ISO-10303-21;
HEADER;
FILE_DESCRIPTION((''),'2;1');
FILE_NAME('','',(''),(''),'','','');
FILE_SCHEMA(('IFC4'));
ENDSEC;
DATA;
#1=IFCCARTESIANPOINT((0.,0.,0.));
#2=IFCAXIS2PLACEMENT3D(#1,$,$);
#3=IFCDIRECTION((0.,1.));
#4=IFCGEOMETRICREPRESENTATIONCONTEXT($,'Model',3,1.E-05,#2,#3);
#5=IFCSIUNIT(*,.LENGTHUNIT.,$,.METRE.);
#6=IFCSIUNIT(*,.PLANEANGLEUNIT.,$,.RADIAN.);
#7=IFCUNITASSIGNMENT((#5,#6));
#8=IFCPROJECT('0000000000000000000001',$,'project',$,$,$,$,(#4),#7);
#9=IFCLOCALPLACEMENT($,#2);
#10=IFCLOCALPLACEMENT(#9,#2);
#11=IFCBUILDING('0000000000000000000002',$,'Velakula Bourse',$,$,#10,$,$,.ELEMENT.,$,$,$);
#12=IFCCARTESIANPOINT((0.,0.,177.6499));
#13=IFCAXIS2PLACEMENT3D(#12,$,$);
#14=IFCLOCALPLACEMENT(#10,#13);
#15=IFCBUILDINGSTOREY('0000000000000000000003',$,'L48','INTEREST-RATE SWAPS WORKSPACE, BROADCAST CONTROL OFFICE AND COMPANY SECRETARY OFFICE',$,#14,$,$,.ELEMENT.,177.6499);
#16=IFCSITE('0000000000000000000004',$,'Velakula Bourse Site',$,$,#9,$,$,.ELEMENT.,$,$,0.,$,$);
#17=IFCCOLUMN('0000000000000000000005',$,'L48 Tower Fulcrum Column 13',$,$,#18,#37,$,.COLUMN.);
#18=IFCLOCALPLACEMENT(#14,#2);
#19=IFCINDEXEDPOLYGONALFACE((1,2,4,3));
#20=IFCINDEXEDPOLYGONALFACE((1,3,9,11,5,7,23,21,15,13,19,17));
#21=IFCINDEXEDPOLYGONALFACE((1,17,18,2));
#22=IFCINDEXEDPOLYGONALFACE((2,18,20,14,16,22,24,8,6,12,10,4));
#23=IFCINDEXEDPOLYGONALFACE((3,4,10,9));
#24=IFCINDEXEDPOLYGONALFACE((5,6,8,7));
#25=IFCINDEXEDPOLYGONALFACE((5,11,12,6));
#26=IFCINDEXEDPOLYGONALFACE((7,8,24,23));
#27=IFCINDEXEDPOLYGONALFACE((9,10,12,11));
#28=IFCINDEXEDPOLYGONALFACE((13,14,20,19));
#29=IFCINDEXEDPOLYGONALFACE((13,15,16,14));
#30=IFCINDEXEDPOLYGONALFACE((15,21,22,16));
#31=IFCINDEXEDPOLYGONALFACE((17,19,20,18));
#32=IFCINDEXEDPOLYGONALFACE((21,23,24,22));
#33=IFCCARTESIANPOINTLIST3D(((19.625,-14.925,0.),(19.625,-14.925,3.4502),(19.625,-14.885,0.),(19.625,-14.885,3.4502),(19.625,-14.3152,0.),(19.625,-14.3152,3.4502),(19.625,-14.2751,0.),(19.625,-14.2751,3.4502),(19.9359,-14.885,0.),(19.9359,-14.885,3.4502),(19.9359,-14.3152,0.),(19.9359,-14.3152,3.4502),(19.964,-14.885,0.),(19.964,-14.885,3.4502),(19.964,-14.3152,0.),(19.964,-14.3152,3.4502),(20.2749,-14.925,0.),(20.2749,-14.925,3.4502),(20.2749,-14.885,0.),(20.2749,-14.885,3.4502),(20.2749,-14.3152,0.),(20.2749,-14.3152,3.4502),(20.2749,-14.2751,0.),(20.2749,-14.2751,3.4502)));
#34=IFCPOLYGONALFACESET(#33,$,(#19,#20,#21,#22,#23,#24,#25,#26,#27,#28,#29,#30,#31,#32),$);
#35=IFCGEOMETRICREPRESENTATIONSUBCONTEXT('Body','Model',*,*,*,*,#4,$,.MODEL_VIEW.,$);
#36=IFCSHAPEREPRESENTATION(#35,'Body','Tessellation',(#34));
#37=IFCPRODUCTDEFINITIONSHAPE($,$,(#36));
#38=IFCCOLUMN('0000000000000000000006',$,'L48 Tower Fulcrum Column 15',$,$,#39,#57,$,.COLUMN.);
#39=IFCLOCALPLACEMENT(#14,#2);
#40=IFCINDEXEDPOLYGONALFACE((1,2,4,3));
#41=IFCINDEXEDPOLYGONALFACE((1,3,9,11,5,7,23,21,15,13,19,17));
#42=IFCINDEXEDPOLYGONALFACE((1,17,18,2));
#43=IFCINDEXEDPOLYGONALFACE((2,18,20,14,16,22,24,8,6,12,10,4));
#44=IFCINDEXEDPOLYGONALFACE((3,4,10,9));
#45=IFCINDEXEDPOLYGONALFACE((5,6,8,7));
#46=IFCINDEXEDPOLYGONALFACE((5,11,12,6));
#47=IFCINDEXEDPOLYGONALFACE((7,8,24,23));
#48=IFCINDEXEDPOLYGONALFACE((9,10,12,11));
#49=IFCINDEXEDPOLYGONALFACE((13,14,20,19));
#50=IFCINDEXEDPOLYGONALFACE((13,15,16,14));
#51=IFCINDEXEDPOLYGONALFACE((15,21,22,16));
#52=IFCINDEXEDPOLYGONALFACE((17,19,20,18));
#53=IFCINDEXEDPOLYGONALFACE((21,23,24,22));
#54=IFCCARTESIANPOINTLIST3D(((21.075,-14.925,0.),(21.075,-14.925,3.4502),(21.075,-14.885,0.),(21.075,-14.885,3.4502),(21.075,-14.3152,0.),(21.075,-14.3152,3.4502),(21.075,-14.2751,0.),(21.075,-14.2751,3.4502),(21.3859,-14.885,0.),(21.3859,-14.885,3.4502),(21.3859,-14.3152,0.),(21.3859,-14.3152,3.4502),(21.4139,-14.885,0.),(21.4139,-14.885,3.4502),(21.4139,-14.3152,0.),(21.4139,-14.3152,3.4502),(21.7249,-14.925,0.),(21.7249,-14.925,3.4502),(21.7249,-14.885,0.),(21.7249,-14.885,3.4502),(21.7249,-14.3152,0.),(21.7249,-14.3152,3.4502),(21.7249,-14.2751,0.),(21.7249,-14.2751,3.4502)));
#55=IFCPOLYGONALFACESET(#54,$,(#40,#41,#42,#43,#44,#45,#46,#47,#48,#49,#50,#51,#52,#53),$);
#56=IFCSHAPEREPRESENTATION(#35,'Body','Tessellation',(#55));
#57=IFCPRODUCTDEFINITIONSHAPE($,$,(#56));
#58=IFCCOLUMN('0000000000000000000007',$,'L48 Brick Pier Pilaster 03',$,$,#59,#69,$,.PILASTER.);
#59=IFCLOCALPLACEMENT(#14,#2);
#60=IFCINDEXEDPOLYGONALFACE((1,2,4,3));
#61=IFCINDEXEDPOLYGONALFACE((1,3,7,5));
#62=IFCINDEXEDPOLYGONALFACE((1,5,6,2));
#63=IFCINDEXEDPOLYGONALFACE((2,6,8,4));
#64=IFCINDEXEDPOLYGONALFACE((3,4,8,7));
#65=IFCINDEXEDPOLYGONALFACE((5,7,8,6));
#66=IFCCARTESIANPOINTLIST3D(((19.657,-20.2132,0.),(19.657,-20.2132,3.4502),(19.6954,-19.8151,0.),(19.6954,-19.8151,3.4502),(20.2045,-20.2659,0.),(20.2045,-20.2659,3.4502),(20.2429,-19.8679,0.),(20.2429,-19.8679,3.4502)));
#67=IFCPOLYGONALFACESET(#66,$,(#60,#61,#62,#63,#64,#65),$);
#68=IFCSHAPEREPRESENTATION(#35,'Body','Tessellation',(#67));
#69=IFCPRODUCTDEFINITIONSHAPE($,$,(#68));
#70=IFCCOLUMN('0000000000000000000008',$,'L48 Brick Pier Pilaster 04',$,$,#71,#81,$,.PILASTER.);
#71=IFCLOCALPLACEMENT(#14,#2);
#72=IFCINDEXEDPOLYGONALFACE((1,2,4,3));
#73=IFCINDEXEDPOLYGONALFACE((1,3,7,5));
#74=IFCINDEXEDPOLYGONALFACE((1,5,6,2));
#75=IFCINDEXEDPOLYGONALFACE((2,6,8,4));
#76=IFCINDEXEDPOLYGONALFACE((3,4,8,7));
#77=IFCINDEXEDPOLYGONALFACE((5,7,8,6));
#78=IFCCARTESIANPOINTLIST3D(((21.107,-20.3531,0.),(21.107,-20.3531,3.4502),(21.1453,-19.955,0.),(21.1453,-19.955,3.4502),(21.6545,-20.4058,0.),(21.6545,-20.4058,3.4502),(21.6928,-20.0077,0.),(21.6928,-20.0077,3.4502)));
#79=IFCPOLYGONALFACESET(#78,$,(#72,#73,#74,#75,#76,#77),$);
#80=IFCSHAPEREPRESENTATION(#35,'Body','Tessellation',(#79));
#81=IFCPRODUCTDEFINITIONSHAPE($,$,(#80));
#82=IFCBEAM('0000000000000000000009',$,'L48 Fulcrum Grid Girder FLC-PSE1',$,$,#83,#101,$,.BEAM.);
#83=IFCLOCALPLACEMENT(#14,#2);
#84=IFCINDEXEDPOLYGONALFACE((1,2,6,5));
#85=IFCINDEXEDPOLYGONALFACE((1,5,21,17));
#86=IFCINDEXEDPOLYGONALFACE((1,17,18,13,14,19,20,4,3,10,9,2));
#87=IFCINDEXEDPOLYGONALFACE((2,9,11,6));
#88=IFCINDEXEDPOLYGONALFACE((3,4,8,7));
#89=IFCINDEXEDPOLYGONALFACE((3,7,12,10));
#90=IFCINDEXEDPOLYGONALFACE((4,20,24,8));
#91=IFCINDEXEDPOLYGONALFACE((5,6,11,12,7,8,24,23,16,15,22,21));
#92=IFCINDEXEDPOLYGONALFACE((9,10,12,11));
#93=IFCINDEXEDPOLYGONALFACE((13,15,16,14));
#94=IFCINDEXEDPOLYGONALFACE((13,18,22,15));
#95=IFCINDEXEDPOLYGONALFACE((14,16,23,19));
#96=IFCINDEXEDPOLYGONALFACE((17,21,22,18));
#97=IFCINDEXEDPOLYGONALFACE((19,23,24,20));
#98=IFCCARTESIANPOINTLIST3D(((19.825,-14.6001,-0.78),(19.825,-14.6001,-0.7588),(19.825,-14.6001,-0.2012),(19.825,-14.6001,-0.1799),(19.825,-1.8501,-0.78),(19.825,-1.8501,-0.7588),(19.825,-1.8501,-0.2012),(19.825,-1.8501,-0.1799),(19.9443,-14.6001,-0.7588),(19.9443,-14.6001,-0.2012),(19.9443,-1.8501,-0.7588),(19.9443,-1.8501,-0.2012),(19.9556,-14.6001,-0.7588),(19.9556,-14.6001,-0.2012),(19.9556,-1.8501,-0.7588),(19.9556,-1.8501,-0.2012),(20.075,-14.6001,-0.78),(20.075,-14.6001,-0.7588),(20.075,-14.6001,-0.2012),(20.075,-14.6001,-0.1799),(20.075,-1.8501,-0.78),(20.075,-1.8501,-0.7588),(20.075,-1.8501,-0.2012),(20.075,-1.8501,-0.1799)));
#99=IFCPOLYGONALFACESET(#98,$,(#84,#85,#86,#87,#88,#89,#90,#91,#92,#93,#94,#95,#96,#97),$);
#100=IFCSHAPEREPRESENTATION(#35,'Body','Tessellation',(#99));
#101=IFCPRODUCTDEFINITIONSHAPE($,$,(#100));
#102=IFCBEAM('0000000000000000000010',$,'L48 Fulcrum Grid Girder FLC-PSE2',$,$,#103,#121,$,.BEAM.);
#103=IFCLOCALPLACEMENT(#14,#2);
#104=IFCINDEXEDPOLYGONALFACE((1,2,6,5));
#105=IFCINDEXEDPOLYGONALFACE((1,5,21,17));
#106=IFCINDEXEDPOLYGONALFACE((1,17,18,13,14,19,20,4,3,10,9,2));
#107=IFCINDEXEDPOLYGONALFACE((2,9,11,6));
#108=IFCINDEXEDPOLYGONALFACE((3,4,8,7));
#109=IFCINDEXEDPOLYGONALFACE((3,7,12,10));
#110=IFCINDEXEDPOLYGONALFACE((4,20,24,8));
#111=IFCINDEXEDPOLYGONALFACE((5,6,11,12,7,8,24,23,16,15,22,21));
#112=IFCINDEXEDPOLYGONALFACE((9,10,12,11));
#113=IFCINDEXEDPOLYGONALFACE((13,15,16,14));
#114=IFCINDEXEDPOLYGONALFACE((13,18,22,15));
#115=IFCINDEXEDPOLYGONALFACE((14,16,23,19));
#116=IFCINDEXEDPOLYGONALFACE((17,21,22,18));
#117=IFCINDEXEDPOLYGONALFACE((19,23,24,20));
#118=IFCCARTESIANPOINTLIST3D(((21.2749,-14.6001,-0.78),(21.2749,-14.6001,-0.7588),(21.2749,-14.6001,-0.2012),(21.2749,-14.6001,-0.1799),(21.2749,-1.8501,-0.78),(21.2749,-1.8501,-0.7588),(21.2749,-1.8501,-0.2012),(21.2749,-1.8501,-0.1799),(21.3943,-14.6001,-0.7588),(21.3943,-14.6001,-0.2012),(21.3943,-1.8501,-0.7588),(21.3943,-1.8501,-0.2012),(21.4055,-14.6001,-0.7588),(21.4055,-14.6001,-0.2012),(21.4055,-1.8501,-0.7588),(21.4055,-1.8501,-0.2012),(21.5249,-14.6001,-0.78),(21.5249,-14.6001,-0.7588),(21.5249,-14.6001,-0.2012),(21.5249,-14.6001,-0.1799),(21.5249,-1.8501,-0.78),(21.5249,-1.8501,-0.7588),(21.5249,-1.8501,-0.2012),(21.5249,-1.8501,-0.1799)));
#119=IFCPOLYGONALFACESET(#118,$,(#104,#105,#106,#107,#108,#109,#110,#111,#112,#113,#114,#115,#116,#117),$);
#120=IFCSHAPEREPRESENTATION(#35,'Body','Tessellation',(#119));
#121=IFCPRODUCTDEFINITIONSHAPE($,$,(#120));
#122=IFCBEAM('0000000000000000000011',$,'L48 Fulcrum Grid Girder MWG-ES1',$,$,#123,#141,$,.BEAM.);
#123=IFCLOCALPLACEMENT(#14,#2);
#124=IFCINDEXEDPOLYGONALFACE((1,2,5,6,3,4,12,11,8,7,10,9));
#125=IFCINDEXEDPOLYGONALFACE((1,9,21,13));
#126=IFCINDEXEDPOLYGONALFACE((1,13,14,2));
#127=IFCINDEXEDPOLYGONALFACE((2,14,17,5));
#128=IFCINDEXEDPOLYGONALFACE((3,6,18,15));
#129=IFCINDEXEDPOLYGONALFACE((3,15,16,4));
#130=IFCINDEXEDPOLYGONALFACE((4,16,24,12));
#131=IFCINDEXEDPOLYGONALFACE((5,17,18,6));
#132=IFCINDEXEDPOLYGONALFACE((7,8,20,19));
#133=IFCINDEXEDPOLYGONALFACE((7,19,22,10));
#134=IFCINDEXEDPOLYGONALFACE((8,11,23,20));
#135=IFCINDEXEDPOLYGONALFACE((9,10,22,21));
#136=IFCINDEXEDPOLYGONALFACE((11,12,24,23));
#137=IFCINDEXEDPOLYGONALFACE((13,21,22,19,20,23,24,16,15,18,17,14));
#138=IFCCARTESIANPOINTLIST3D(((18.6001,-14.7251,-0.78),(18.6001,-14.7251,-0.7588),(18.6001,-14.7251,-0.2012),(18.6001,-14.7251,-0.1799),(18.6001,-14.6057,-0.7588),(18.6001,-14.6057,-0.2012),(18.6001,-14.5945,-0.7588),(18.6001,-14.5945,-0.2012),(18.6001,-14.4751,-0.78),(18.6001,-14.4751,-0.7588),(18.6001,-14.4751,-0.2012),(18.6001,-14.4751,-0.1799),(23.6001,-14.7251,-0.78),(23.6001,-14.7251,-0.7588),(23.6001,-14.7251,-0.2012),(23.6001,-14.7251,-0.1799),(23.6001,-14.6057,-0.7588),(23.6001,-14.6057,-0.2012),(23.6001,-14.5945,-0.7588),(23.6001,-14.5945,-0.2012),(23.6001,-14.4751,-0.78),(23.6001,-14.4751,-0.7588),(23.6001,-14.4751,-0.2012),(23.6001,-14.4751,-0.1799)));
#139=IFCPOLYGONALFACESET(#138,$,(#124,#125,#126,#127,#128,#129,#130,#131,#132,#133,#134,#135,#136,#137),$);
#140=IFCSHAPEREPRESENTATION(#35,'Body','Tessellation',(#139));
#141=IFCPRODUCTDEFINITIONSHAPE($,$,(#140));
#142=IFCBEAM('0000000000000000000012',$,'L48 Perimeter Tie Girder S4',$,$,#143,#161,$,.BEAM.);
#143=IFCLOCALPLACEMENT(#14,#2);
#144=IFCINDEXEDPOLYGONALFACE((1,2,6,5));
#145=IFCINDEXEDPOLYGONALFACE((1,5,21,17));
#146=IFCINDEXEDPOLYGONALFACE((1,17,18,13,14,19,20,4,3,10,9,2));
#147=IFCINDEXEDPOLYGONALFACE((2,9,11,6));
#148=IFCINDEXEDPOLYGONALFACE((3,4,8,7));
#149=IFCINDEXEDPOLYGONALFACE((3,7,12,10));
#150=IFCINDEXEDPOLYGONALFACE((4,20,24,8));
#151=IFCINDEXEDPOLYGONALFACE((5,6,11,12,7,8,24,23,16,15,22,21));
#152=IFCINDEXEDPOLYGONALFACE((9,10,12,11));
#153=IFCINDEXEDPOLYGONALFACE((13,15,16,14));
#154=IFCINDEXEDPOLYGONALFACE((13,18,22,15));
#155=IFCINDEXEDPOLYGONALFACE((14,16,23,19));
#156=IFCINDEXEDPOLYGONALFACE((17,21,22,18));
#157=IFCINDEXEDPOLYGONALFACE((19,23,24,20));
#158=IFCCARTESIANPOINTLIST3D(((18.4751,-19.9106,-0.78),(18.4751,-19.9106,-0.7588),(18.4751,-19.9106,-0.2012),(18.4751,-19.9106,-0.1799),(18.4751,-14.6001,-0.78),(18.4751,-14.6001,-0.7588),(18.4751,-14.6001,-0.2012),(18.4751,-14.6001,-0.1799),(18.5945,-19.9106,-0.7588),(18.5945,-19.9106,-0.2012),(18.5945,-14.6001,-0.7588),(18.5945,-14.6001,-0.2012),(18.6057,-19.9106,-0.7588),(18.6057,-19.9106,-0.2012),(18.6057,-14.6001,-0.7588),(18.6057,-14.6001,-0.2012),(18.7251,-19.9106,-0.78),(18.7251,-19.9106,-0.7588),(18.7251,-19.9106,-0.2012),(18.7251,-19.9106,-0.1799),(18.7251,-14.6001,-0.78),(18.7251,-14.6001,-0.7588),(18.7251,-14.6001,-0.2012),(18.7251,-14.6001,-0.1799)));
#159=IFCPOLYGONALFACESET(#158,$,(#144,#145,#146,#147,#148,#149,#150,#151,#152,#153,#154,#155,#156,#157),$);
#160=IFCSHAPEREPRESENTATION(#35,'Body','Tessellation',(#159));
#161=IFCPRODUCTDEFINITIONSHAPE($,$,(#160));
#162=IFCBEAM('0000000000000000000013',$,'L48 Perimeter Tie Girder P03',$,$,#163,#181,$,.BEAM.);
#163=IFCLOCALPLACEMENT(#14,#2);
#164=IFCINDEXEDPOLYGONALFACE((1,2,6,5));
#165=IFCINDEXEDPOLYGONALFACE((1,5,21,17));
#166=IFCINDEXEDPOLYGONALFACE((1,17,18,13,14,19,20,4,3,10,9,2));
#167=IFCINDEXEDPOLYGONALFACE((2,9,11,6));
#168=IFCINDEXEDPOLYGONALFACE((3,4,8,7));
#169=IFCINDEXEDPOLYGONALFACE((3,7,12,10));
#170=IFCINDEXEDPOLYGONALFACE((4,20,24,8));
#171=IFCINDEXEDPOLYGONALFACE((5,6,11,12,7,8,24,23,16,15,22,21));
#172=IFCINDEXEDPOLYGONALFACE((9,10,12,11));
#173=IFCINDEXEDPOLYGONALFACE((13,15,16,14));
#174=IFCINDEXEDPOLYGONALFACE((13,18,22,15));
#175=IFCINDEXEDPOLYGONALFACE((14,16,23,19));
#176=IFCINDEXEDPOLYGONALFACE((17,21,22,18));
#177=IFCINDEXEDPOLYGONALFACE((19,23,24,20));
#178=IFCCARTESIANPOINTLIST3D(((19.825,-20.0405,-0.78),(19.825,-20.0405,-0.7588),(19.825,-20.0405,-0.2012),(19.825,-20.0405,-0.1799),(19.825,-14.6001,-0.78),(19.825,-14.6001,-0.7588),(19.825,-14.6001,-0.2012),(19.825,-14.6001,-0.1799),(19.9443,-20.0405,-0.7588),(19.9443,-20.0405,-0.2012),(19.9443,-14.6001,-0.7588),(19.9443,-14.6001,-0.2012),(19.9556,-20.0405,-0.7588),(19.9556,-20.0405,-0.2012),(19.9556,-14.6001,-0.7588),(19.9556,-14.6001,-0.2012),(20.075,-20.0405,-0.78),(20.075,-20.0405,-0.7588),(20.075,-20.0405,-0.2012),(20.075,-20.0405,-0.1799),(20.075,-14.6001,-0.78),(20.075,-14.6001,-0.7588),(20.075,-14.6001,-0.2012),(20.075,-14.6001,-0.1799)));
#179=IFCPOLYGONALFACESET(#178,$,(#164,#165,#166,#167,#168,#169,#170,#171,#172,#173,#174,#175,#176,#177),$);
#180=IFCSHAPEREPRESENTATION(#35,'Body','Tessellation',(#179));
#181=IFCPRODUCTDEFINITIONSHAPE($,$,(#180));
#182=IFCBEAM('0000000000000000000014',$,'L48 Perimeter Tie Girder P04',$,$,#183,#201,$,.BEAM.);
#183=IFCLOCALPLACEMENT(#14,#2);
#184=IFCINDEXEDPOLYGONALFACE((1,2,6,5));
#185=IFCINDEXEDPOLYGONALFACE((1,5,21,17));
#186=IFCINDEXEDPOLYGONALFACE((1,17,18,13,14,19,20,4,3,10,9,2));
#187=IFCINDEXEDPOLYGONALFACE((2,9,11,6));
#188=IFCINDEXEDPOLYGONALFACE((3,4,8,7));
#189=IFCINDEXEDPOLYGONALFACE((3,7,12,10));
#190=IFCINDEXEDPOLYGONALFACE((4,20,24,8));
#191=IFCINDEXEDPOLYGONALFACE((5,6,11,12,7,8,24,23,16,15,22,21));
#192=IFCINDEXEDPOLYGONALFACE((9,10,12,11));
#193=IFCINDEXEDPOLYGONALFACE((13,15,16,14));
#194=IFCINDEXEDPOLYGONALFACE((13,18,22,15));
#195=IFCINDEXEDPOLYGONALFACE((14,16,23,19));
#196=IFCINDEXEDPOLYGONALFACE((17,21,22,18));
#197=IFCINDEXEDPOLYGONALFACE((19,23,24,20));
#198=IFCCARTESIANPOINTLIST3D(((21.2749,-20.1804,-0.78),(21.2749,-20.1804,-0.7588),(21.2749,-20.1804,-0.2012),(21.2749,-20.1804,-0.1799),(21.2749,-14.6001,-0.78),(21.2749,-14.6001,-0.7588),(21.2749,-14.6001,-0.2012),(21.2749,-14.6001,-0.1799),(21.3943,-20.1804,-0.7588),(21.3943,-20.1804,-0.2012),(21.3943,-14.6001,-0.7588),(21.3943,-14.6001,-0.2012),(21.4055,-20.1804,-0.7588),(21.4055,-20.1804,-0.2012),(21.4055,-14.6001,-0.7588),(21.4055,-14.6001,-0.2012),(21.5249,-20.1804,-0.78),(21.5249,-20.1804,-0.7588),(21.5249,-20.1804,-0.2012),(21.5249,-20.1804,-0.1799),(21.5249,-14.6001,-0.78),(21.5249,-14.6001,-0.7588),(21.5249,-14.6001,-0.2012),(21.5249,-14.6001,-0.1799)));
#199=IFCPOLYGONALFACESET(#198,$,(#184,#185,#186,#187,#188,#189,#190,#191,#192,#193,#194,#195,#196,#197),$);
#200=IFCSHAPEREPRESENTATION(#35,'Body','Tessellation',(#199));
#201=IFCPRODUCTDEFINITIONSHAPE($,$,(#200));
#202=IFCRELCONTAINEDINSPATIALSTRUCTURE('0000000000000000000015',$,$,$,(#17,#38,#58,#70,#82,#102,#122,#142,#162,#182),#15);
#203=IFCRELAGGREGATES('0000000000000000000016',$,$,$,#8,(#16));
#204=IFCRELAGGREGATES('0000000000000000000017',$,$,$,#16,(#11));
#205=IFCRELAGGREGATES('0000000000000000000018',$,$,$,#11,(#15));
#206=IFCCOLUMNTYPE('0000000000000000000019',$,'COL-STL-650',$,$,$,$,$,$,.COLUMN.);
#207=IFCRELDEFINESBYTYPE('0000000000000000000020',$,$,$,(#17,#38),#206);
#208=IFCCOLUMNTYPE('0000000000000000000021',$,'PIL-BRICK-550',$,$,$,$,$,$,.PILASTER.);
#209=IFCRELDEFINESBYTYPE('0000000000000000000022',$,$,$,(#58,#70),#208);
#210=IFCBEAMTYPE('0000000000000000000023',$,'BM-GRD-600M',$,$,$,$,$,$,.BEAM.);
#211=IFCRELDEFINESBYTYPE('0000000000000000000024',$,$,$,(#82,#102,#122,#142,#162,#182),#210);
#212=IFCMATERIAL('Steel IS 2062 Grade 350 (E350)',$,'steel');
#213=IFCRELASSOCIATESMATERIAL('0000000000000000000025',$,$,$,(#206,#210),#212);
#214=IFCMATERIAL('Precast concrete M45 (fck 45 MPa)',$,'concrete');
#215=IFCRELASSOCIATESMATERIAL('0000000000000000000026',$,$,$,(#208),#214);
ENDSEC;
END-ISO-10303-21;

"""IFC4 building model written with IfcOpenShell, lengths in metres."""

from ifc_helpers import new_model, si_unit, direction, frame, origin, origin_2d, place, context, subcontext, project, spatial, rectangle, i_section, extrude, material, material_profile, profile_set, type_object, element, save


model = new_model("IFC4")

# Units and contexts
model_context = context("Model", 3, precision=1e-05, world=origin(), true_north=direction((0.0, 1.0)))
body_context = subcontext(model_context, "Body", "Model", "MODEL_VIEW")
ifc_project = project(units=[si_unit("LENGTHUNIT", "METRE"), si_unit("PLANEANGLEUNIT", "RADIAN")], contexts=[model_context])

# Site, building, storey
site_placement = place(None, origin())
site = spatial("IfcSite", under=ifc_project, at=site_placement, Name="Velakula Bourse Site", CompositionType="ELEMENT", RefElevation=0.0)
building_placement = place(site_placement, origin())
building = spatial("IfcBuilding", under=site, at=building_placement, Name="Velakula Bourse", CompositionType="ELEMENT")
storey_placement = place(building_placement, frame((0.0, 0.0, 177.6499)))
storey = spatial("IfcBuildingStorey", under=building, at=storey_placement, Name="L48", Description="INTEREST-RATE SWAPS WORKSPACE, BROADCAST CONTROL OFFICE AND COMPANY SECRETARY OFFICE", CompositionType="ELEMENT", Elevation=177.6499)

# Columns
ifc_material_1 = material(Name="Steel IS 2062 Grade 350 (E350)", Category="steel")
ifc_material_profile_1 = material_profile(ifc_material_1, i_section(OverallWidth=0.6499, OverallDepth=0.6499, WebThickness=0.0281, FlangeThickness=0.04, at=origin_2d()), Name="Steel IS 2062 Grade 350 (E350)")
ifc_profile_set_1 = profile_set([ifc_material_profile_1], Name="Steel IS 2062 Grade 350 (E350)")
column_type_1 = type_object("IfcColumnType", Name="COL-STL-650", PredefinedType="COLUMN", material=ifc_profile_set_1)
for number, where, z_axis, x_axis, name in (
    (1, (19.95, -14.6001, 0.0), (0.0, 0.0, 1.0), (1.0, 0.0, 0.0), "L48 Tower Fulcrum Column 13"),
    (2, (21.3999, -14.6001, 0.0), (0.0, 0.0, 1.0), (1.0, 0.0, 0.0), "L48 Tower Fulcrum Column 15"),
):
    element("IfcColumn", number, at=place(storey_placement, frame(where, z_axis=z_axis, x_axis=x_axis)), inside=storey, type_object=column_type_1, Name=name, PredefinedType="COLUMN", context=body_context, shape_type="SweptSolid", body=[
        extrude(i_section(OverallWidth=0.6499, OverallDepth=0.6499, WebThickness=0.0281, FlangeThickness=0.04, at=origin_2d()), origin(), (0.0, 0.0, 1.0), 3.4502),
    ])
ifc_material_2 = material(Name="Precast concrete M45 (fck 45 MPa)", Category="concrete")
ifc_material_profile_2 = material_profile(ifc_material_2, rectangle(XDim=0.55, YDim=0.3999, at=origin_2d()), Name="Precast concrete M45 (fck 45 MPa)")
ifc_profile_set_2 = profile_set([ifc_material_profile_2], Name="Precast concrete M45 (fck 45 MPa)")
column_type_2 = type_object("IfcColumnType", Name="PIL-BRICK-550", PredefinedType="PILASTER", material=ifc_profile_set_2)
for number, where, z_axis, x_axis, name in (
    (3, (19.95, -20.0405, 0.0), (0.0, 0.0, 1.0), (0.995396, -0.095846, 0.0), "L48 Brick Pier Pilaster 03"),
    (4, (21.3999, -20.1804, 0.0), (0.0, 0.0, 1.0), (0.995396, -0.095846, 0.0), "L48 Brick Pier Pilaster 04"),
):
    element("IfcColumn", number, at=place(storey_placement, frame(where, z_axis=z_axis, x_axis=x_axis)), inside=storey, type_object=column_type_2, Name=name, PredefinedType="PILASTER", context=body_context, shape_type="SweptSolid", body=[
        extrude(rectangle(XDim=0.55, YDim=0.3999, at=origin_2d()), origin(), (0.0, 0.0, 1.0), 3.4502),
    ])

# Beams
ifc_material_profile_3 = material_profile(ifc_material_1, i_section(OverallWidth=0.25, OverallDepth=0.6001, WebThickness=0.0112, FlangeThickness=0.0212, at=origin_2d()), Name="Steel IS 2062 Grade 350 (E350)")
ifc_profile_set_3 = profile_set([ifc_material_profile_3], Name="Steel IS 2062 Grade 350 (E350)")
beam_type_1 = type_object("IfcBeamType", Name="BM-GRD-600M", PredefinedType="BEAM", material=ifc_profile_set_3)
for number, where, z_axis, x_axis, name in (
    (5, (19.95, -14.6001, -0.48), (0.0, 1.0, 0.0), (-1.0, 0.0, 0.0), "L48 Fulcrum Grid Girder FLC-PSE1"),
    (6, (21.3999, -14.6001, -0.48), (0.0, 1.0, 0.0), (-1.0, 0.0, 0.0), "L48 Fulcrum Grid Girder FLC-PSE2"),
):
    element("IfcBeam", number, at=place(storey_placement, frame(where, z_axis=z_axis, x_axis=x_axis)), inside=storey, type_object=beam_type_1, Name=name, PredefinedType="BEAM", context=body_context, shape_type="SweptSolid", body=[
        extrude(i_section(OverallWidth=0.25, OverallDepth=0.6001, WebThickness=0.0112, FlangeThickness=0.0212, at=origin_2d()), origin(), (0.0, 0.0, 1.0), 12.75),
    ])
beam_1_placement = place(storey_placement, frame((18.6001, -14.6001, -0.48), z_axis=(1.0, 0.0, 0.0), x_axis=(0.0, 1.0, 0.0)))
element("IfcBeam", 7, at=beam_1_placement, inside=storey, type_object=beam_type_1, Name="L48 Fulcrum Grid Girder MWG-ES1", PredefinedType="BEAM", context=body_context, shape_type="SweptSolid", body=[
    extrude(i_section(OverallWidth=0.25, OverallDepth=0.6001, WebThickness=0.0112, FlangeThickness=0.0212, at=origin_2d()), origin(), (0.0, 0.0, 1.0), 5.0),
])
beam_2_placement = place(storey_placement, frame((18.6001, -14.6001, -0.48), z_axis=(0.0, -1.0, 0.0), x_axis=(1.0, 0.0, 0.0)))
element("IfcBeam", 8, at=beam_2_placement, inside=storey, type_object=beam_type_1, Name="L48 Perimeter Tie Girder S4", PredefinedType="BEAM", context=body_context, shape_type="SweptSolid", body=[
    extrude(i_section(OverallWidth=0.25, OverallDepth=0.6001, WebThickness=0.0112, FlangeThickness=0.0212, at=origin_2d()), origin(), (0.0, 0.0, 1.0), 5.3105),
])
beam_3_placement = place(storey_placement, frame((19.95, -14.6001, -0.48), z_axis=(0.0, -1.0, 0.0), x_axis=(1.0, 0.0, 0.0)))
element("IfcBeam", 9, at=beam_3_placement, inside=storey, type_object=beam_type_1, Name="L48 Perimeter Tie Girder P03", PredefinedType="BEAM", context=body_context, shape_type="SweptSolid", body=[
    extrude(i_section(OverallWidth=0.25, OverallDepth=0.6001, WebThickness=0.0112, FlangeThickness=0.0212, at=origin_2d()), origin(), (0.0, 0.0, 1.0), 5.4404),
])
beam_4_placement = place(storey_placement, frame((21.3999, -14.6001, -0.48), z_axis=(0.0, -1.0, 0.0), x_axis=(1.0, 0.0, 0.0)))
element("IfcBeam", 10, at=beam_4_placement, inside=storey, type_object=beam_type_1, Name="L48 Perimeter Tie Girder P04", PredefinedType="BEAM", context=body_context, shape_type="SweptSolid", body=[
    extrude(i_section(OverallWidth=0.25, OverallDepth=0.6001, WebThickness=0.0112, FlangeThickness=0.0212, at=origin_2d()), origin(), (0.0, 0.0, 1.0), 5.5803),
])

save(model, "model.ifc")
